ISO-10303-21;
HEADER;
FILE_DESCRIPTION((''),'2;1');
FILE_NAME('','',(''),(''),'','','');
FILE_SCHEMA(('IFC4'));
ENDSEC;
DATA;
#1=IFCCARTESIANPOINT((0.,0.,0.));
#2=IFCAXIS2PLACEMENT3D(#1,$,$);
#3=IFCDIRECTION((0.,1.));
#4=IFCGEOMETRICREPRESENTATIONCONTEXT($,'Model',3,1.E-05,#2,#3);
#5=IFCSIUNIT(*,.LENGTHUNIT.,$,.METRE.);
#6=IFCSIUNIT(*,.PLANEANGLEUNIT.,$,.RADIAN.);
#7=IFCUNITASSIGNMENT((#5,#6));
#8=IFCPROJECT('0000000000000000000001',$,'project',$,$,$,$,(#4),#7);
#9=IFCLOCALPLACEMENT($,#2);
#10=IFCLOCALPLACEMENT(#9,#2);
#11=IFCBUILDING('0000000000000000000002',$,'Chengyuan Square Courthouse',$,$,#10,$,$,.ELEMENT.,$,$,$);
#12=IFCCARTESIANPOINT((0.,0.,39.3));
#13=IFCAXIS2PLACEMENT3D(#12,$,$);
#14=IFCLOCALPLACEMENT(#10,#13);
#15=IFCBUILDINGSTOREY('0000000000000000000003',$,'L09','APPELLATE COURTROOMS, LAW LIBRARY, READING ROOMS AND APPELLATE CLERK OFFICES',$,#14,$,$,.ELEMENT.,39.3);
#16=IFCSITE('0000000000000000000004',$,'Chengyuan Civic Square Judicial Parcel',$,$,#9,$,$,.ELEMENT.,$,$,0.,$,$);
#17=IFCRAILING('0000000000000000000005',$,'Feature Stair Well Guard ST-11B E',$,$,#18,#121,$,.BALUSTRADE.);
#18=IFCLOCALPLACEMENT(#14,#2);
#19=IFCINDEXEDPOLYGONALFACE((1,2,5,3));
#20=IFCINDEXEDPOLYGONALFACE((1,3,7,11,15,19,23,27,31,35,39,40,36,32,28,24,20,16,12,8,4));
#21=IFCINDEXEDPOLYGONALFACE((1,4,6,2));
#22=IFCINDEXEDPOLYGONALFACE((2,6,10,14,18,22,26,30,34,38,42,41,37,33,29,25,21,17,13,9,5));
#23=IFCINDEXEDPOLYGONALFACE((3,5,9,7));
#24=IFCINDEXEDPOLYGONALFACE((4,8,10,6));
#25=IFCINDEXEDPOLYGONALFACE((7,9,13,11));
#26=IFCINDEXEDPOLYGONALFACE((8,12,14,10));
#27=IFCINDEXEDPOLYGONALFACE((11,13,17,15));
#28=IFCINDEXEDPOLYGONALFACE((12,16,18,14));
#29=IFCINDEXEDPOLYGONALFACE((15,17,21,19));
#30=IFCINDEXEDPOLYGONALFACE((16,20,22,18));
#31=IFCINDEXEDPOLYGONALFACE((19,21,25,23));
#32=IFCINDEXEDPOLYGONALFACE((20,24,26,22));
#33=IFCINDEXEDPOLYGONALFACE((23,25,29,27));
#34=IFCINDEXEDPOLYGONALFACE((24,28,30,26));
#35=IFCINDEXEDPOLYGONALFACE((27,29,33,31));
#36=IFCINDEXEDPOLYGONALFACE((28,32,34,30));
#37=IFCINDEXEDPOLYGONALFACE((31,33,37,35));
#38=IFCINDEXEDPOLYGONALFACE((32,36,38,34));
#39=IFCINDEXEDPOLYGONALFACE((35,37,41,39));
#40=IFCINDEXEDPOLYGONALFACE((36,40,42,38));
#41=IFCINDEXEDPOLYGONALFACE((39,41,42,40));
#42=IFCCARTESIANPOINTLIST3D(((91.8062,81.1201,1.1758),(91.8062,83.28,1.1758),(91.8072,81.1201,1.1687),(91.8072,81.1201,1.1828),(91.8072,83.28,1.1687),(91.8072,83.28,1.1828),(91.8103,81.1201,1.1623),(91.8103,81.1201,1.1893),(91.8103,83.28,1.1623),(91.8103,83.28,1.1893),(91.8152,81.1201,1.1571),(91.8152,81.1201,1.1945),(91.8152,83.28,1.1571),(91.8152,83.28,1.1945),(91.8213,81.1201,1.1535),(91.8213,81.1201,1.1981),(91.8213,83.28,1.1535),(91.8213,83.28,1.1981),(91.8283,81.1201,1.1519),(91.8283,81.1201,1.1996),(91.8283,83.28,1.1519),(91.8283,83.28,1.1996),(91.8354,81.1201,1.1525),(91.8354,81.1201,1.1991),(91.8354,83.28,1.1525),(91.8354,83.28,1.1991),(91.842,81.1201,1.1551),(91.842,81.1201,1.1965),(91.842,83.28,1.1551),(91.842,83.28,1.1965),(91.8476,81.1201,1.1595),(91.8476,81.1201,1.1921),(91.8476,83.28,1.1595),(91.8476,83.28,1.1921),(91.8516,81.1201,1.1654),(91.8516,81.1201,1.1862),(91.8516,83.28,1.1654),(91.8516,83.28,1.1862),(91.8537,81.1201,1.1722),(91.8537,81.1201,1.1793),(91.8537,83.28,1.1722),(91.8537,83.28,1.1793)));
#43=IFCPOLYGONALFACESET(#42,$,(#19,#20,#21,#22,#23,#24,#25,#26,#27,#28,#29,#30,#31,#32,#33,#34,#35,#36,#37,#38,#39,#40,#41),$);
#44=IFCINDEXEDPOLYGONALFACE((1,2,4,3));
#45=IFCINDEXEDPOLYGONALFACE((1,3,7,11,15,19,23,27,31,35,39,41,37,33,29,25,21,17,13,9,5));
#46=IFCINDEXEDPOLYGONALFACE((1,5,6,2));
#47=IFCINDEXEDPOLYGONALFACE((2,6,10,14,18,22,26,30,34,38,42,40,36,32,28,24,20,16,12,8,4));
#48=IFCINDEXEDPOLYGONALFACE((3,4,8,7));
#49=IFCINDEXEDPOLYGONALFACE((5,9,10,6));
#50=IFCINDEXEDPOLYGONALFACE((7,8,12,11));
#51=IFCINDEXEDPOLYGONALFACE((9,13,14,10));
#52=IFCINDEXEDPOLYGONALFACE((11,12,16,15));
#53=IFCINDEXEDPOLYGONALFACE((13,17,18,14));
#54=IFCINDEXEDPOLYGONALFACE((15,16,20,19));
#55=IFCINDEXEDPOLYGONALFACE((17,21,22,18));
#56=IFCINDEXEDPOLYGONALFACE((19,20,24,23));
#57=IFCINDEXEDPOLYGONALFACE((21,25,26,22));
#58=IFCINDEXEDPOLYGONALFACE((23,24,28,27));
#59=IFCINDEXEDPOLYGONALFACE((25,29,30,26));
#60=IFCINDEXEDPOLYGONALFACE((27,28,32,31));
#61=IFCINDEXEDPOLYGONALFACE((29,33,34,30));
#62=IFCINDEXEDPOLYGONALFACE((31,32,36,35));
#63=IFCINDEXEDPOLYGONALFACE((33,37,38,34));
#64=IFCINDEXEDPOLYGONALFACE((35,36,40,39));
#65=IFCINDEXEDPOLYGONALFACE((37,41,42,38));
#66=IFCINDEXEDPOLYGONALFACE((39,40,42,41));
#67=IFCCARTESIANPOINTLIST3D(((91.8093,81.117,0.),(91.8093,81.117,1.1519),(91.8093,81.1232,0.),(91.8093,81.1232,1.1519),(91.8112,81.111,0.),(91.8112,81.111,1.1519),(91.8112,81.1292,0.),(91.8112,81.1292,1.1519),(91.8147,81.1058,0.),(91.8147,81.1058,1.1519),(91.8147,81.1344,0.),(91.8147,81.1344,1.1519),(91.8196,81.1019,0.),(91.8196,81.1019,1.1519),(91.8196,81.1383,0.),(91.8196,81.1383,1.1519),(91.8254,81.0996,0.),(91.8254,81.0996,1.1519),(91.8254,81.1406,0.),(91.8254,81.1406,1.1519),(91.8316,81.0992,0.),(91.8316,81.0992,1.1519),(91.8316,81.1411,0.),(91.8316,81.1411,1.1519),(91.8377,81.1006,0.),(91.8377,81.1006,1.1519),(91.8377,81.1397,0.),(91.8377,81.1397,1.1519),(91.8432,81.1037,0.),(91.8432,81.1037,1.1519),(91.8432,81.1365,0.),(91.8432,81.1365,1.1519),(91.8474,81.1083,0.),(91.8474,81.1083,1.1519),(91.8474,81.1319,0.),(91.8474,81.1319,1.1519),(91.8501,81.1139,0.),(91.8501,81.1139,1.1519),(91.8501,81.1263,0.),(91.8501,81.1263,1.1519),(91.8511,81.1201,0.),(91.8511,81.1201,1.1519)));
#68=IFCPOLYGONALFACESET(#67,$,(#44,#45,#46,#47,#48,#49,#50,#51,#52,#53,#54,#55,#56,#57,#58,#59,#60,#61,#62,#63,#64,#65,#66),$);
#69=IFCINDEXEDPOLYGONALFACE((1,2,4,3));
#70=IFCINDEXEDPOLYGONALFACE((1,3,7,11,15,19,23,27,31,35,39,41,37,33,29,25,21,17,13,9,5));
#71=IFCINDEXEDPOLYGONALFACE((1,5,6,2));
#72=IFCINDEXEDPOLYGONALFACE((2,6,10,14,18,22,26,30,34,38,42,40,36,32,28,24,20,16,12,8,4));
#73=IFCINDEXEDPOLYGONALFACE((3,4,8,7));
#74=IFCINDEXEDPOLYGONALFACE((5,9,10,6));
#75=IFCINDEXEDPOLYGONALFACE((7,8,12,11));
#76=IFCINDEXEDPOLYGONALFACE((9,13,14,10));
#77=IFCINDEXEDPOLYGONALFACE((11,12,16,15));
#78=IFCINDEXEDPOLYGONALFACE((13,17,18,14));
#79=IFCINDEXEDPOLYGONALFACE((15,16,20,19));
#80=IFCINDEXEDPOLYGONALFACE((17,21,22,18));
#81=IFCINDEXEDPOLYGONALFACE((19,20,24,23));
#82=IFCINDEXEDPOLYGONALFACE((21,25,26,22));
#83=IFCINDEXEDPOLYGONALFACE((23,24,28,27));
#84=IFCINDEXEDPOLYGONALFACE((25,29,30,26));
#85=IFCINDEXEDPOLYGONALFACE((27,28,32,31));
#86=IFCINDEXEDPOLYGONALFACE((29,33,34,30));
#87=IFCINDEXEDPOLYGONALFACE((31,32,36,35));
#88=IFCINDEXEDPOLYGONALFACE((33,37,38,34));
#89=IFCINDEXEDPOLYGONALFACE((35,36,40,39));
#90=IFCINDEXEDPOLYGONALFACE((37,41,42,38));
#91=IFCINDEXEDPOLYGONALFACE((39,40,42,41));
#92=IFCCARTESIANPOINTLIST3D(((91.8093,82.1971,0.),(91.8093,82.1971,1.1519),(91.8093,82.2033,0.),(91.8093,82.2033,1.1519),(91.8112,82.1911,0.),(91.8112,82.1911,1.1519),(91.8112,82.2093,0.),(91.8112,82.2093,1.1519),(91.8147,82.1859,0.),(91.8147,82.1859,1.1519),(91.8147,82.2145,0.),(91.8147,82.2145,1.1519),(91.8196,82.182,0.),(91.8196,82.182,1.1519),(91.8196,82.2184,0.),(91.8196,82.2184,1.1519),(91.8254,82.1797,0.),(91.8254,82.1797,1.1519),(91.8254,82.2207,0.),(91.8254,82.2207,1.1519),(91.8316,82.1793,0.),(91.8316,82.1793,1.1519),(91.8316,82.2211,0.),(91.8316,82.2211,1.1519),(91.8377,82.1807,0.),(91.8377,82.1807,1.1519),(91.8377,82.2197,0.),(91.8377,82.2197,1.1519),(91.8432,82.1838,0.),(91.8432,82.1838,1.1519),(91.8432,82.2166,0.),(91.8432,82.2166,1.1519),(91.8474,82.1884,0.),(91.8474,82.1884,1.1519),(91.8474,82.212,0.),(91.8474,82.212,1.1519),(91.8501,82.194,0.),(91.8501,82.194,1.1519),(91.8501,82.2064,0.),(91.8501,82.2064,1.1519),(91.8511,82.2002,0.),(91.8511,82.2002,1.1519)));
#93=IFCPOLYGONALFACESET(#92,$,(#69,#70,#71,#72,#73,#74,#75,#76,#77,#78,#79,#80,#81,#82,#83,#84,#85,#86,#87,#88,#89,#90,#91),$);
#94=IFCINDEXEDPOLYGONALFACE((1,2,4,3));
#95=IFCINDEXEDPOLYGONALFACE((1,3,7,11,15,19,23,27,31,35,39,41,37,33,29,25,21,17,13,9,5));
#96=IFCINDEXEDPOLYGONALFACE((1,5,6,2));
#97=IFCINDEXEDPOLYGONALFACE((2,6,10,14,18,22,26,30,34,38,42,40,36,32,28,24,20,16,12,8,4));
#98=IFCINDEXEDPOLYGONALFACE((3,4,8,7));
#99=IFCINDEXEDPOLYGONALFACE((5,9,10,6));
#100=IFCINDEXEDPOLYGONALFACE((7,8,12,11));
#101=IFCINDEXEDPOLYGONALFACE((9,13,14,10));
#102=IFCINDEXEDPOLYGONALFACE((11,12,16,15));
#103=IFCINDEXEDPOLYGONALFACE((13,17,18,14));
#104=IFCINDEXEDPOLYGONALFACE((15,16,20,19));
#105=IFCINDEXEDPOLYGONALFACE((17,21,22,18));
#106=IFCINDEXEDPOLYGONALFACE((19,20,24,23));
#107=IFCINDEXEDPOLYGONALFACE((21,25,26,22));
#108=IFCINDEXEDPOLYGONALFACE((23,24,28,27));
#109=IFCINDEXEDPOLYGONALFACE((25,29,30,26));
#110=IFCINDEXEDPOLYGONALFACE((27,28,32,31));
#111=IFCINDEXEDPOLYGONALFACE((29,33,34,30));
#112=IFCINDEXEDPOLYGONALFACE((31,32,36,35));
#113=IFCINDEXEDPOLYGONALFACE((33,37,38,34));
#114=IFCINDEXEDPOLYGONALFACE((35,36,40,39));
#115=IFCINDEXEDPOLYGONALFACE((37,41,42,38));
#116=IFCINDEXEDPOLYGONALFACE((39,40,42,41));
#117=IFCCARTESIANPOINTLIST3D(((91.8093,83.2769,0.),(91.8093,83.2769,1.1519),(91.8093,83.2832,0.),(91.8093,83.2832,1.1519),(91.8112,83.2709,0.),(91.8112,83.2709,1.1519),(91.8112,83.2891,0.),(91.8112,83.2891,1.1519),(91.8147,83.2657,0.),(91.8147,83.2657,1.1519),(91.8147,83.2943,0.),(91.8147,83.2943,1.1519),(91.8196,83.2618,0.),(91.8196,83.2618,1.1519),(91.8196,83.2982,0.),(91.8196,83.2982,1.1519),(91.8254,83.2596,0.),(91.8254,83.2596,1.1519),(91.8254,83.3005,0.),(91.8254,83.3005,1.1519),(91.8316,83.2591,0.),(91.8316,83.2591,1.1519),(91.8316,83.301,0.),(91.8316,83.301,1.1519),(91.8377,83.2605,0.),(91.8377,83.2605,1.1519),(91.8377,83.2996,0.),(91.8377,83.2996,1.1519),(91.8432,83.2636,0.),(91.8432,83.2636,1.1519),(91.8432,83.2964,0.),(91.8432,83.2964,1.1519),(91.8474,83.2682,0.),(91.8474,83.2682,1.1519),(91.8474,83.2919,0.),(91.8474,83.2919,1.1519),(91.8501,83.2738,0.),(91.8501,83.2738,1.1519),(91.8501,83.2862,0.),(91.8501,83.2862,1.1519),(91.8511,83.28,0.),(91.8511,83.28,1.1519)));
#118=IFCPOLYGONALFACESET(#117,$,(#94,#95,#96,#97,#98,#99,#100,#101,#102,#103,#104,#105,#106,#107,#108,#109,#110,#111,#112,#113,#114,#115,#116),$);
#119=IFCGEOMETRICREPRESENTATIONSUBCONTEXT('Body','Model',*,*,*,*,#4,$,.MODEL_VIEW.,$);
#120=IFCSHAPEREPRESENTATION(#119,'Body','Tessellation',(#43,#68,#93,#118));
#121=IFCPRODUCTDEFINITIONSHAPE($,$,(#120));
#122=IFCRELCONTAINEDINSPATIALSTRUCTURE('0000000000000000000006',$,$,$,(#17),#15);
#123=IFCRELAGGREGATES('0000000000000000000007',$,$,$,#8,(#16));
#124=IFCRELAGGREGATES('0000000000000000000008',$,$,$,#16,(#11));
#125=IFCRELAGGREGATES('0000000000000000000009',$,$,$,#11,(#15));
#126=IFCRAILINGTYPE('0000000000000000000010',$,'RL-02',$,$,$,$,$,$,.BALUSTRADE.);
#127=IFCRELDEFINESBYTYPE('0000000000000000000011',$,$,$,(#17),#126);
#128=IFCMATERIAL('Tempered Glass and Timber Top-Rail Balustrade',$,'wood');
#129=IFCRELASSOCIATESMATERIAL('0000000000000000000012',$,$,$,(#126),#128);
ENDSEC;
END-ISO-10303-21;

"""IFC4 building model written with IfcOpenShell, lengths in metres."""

from ifc_helpers import new_model, si_unit, direction, frame, origin, origin_2d, place, context, subcontext, project, spatial, circle, extrude, material, type_object, element, save


model = new_model("IFC4")

# Units and contexts
model_context = context("Model", 3, precision=1e-05, world=origin(), true_north=direction((0.0, 1.0)))
body_context = subcontext(model_context, "Body", "Model", "MODEL_VIEW")
ifc_project = project(units=[si_unit("LENGTHUNIT", "METRE"), si_unit("PLANEANGLEUNIT", "RADIAN")], contexts=[model_context])

# Site, building, storey
site_placement = place(None, origin())
site = spatial("IfcSite", under=ifc_project, at=site_placement, Name="Chengyuan Civic Square Judicial Parcel", CompositionType="ELEMENT", RefElevation=0.0)
building_placement = place(site_placement, origin())
building = spatial("IfcBuilding", under=site, at=building_placement, Name="Chengyuan Square Courthouse", CompositionType="ELEMENT")
storey_placement = place(building_placement, frame((0.0, 0.0, 39.3)))
storey = spatial("IfcBuildingStorey", under=building, at=storey_placement, Name="L09", Description="APPELLATE COURTROOMS, LAW LIBRARY, READING ROOMS AND APPELLATE CLERK OFFICES", CompositionType="ELEMENT", Elevation=39.3)

# Railing
ifc_material_1 = material(Name="Tempered Glass and Timber Top-Rail Balustrade", Category="wood")
railing_type = type_object("IfcRailingType", Name="RL-02", PredefinedType="BALUSTRADE", material=ifc_material_1)
railing_1_placement = place(storey_placement, frame((91.8301, 81.1201, 0.0)))
element("IfcRailing", 1, at=railing_1_placement, inside=storey, type_object=railing_type, Name="Feature Stair Well Guard ST-11B E", PredefinedType="BALUSTRADE", context=body_context, shape_type="SweptSolid", body=[
    extrude(circle(Radius=0.0239, at=origin_2d()), frame((0.0, 0.0, 1.1758), z_axis=(0.0, 1.0, 0.0), x_axis=(-1.0, 0.0, 0.0)), (0.0, 0.0, 1.0), 2.1599),
    extrude(circle(Radius=0.021, at=origin_2d()), origin(), (0.0, 0.0, 1.0), 1.1519),
    extrude(circle(Radius=0.021, at=origin_2d()), frame((0.0, 1.0801, 0.0)), (0.0, 0.0, 1.0), 1.1519),
    extrude(circle(Radius=0.021, at=origin_2d()), frame((0.0, 2.1599, 0.0)), (0.0, 0.0, 1.0), 1.1519),
])

save(model, "model.ifc")
